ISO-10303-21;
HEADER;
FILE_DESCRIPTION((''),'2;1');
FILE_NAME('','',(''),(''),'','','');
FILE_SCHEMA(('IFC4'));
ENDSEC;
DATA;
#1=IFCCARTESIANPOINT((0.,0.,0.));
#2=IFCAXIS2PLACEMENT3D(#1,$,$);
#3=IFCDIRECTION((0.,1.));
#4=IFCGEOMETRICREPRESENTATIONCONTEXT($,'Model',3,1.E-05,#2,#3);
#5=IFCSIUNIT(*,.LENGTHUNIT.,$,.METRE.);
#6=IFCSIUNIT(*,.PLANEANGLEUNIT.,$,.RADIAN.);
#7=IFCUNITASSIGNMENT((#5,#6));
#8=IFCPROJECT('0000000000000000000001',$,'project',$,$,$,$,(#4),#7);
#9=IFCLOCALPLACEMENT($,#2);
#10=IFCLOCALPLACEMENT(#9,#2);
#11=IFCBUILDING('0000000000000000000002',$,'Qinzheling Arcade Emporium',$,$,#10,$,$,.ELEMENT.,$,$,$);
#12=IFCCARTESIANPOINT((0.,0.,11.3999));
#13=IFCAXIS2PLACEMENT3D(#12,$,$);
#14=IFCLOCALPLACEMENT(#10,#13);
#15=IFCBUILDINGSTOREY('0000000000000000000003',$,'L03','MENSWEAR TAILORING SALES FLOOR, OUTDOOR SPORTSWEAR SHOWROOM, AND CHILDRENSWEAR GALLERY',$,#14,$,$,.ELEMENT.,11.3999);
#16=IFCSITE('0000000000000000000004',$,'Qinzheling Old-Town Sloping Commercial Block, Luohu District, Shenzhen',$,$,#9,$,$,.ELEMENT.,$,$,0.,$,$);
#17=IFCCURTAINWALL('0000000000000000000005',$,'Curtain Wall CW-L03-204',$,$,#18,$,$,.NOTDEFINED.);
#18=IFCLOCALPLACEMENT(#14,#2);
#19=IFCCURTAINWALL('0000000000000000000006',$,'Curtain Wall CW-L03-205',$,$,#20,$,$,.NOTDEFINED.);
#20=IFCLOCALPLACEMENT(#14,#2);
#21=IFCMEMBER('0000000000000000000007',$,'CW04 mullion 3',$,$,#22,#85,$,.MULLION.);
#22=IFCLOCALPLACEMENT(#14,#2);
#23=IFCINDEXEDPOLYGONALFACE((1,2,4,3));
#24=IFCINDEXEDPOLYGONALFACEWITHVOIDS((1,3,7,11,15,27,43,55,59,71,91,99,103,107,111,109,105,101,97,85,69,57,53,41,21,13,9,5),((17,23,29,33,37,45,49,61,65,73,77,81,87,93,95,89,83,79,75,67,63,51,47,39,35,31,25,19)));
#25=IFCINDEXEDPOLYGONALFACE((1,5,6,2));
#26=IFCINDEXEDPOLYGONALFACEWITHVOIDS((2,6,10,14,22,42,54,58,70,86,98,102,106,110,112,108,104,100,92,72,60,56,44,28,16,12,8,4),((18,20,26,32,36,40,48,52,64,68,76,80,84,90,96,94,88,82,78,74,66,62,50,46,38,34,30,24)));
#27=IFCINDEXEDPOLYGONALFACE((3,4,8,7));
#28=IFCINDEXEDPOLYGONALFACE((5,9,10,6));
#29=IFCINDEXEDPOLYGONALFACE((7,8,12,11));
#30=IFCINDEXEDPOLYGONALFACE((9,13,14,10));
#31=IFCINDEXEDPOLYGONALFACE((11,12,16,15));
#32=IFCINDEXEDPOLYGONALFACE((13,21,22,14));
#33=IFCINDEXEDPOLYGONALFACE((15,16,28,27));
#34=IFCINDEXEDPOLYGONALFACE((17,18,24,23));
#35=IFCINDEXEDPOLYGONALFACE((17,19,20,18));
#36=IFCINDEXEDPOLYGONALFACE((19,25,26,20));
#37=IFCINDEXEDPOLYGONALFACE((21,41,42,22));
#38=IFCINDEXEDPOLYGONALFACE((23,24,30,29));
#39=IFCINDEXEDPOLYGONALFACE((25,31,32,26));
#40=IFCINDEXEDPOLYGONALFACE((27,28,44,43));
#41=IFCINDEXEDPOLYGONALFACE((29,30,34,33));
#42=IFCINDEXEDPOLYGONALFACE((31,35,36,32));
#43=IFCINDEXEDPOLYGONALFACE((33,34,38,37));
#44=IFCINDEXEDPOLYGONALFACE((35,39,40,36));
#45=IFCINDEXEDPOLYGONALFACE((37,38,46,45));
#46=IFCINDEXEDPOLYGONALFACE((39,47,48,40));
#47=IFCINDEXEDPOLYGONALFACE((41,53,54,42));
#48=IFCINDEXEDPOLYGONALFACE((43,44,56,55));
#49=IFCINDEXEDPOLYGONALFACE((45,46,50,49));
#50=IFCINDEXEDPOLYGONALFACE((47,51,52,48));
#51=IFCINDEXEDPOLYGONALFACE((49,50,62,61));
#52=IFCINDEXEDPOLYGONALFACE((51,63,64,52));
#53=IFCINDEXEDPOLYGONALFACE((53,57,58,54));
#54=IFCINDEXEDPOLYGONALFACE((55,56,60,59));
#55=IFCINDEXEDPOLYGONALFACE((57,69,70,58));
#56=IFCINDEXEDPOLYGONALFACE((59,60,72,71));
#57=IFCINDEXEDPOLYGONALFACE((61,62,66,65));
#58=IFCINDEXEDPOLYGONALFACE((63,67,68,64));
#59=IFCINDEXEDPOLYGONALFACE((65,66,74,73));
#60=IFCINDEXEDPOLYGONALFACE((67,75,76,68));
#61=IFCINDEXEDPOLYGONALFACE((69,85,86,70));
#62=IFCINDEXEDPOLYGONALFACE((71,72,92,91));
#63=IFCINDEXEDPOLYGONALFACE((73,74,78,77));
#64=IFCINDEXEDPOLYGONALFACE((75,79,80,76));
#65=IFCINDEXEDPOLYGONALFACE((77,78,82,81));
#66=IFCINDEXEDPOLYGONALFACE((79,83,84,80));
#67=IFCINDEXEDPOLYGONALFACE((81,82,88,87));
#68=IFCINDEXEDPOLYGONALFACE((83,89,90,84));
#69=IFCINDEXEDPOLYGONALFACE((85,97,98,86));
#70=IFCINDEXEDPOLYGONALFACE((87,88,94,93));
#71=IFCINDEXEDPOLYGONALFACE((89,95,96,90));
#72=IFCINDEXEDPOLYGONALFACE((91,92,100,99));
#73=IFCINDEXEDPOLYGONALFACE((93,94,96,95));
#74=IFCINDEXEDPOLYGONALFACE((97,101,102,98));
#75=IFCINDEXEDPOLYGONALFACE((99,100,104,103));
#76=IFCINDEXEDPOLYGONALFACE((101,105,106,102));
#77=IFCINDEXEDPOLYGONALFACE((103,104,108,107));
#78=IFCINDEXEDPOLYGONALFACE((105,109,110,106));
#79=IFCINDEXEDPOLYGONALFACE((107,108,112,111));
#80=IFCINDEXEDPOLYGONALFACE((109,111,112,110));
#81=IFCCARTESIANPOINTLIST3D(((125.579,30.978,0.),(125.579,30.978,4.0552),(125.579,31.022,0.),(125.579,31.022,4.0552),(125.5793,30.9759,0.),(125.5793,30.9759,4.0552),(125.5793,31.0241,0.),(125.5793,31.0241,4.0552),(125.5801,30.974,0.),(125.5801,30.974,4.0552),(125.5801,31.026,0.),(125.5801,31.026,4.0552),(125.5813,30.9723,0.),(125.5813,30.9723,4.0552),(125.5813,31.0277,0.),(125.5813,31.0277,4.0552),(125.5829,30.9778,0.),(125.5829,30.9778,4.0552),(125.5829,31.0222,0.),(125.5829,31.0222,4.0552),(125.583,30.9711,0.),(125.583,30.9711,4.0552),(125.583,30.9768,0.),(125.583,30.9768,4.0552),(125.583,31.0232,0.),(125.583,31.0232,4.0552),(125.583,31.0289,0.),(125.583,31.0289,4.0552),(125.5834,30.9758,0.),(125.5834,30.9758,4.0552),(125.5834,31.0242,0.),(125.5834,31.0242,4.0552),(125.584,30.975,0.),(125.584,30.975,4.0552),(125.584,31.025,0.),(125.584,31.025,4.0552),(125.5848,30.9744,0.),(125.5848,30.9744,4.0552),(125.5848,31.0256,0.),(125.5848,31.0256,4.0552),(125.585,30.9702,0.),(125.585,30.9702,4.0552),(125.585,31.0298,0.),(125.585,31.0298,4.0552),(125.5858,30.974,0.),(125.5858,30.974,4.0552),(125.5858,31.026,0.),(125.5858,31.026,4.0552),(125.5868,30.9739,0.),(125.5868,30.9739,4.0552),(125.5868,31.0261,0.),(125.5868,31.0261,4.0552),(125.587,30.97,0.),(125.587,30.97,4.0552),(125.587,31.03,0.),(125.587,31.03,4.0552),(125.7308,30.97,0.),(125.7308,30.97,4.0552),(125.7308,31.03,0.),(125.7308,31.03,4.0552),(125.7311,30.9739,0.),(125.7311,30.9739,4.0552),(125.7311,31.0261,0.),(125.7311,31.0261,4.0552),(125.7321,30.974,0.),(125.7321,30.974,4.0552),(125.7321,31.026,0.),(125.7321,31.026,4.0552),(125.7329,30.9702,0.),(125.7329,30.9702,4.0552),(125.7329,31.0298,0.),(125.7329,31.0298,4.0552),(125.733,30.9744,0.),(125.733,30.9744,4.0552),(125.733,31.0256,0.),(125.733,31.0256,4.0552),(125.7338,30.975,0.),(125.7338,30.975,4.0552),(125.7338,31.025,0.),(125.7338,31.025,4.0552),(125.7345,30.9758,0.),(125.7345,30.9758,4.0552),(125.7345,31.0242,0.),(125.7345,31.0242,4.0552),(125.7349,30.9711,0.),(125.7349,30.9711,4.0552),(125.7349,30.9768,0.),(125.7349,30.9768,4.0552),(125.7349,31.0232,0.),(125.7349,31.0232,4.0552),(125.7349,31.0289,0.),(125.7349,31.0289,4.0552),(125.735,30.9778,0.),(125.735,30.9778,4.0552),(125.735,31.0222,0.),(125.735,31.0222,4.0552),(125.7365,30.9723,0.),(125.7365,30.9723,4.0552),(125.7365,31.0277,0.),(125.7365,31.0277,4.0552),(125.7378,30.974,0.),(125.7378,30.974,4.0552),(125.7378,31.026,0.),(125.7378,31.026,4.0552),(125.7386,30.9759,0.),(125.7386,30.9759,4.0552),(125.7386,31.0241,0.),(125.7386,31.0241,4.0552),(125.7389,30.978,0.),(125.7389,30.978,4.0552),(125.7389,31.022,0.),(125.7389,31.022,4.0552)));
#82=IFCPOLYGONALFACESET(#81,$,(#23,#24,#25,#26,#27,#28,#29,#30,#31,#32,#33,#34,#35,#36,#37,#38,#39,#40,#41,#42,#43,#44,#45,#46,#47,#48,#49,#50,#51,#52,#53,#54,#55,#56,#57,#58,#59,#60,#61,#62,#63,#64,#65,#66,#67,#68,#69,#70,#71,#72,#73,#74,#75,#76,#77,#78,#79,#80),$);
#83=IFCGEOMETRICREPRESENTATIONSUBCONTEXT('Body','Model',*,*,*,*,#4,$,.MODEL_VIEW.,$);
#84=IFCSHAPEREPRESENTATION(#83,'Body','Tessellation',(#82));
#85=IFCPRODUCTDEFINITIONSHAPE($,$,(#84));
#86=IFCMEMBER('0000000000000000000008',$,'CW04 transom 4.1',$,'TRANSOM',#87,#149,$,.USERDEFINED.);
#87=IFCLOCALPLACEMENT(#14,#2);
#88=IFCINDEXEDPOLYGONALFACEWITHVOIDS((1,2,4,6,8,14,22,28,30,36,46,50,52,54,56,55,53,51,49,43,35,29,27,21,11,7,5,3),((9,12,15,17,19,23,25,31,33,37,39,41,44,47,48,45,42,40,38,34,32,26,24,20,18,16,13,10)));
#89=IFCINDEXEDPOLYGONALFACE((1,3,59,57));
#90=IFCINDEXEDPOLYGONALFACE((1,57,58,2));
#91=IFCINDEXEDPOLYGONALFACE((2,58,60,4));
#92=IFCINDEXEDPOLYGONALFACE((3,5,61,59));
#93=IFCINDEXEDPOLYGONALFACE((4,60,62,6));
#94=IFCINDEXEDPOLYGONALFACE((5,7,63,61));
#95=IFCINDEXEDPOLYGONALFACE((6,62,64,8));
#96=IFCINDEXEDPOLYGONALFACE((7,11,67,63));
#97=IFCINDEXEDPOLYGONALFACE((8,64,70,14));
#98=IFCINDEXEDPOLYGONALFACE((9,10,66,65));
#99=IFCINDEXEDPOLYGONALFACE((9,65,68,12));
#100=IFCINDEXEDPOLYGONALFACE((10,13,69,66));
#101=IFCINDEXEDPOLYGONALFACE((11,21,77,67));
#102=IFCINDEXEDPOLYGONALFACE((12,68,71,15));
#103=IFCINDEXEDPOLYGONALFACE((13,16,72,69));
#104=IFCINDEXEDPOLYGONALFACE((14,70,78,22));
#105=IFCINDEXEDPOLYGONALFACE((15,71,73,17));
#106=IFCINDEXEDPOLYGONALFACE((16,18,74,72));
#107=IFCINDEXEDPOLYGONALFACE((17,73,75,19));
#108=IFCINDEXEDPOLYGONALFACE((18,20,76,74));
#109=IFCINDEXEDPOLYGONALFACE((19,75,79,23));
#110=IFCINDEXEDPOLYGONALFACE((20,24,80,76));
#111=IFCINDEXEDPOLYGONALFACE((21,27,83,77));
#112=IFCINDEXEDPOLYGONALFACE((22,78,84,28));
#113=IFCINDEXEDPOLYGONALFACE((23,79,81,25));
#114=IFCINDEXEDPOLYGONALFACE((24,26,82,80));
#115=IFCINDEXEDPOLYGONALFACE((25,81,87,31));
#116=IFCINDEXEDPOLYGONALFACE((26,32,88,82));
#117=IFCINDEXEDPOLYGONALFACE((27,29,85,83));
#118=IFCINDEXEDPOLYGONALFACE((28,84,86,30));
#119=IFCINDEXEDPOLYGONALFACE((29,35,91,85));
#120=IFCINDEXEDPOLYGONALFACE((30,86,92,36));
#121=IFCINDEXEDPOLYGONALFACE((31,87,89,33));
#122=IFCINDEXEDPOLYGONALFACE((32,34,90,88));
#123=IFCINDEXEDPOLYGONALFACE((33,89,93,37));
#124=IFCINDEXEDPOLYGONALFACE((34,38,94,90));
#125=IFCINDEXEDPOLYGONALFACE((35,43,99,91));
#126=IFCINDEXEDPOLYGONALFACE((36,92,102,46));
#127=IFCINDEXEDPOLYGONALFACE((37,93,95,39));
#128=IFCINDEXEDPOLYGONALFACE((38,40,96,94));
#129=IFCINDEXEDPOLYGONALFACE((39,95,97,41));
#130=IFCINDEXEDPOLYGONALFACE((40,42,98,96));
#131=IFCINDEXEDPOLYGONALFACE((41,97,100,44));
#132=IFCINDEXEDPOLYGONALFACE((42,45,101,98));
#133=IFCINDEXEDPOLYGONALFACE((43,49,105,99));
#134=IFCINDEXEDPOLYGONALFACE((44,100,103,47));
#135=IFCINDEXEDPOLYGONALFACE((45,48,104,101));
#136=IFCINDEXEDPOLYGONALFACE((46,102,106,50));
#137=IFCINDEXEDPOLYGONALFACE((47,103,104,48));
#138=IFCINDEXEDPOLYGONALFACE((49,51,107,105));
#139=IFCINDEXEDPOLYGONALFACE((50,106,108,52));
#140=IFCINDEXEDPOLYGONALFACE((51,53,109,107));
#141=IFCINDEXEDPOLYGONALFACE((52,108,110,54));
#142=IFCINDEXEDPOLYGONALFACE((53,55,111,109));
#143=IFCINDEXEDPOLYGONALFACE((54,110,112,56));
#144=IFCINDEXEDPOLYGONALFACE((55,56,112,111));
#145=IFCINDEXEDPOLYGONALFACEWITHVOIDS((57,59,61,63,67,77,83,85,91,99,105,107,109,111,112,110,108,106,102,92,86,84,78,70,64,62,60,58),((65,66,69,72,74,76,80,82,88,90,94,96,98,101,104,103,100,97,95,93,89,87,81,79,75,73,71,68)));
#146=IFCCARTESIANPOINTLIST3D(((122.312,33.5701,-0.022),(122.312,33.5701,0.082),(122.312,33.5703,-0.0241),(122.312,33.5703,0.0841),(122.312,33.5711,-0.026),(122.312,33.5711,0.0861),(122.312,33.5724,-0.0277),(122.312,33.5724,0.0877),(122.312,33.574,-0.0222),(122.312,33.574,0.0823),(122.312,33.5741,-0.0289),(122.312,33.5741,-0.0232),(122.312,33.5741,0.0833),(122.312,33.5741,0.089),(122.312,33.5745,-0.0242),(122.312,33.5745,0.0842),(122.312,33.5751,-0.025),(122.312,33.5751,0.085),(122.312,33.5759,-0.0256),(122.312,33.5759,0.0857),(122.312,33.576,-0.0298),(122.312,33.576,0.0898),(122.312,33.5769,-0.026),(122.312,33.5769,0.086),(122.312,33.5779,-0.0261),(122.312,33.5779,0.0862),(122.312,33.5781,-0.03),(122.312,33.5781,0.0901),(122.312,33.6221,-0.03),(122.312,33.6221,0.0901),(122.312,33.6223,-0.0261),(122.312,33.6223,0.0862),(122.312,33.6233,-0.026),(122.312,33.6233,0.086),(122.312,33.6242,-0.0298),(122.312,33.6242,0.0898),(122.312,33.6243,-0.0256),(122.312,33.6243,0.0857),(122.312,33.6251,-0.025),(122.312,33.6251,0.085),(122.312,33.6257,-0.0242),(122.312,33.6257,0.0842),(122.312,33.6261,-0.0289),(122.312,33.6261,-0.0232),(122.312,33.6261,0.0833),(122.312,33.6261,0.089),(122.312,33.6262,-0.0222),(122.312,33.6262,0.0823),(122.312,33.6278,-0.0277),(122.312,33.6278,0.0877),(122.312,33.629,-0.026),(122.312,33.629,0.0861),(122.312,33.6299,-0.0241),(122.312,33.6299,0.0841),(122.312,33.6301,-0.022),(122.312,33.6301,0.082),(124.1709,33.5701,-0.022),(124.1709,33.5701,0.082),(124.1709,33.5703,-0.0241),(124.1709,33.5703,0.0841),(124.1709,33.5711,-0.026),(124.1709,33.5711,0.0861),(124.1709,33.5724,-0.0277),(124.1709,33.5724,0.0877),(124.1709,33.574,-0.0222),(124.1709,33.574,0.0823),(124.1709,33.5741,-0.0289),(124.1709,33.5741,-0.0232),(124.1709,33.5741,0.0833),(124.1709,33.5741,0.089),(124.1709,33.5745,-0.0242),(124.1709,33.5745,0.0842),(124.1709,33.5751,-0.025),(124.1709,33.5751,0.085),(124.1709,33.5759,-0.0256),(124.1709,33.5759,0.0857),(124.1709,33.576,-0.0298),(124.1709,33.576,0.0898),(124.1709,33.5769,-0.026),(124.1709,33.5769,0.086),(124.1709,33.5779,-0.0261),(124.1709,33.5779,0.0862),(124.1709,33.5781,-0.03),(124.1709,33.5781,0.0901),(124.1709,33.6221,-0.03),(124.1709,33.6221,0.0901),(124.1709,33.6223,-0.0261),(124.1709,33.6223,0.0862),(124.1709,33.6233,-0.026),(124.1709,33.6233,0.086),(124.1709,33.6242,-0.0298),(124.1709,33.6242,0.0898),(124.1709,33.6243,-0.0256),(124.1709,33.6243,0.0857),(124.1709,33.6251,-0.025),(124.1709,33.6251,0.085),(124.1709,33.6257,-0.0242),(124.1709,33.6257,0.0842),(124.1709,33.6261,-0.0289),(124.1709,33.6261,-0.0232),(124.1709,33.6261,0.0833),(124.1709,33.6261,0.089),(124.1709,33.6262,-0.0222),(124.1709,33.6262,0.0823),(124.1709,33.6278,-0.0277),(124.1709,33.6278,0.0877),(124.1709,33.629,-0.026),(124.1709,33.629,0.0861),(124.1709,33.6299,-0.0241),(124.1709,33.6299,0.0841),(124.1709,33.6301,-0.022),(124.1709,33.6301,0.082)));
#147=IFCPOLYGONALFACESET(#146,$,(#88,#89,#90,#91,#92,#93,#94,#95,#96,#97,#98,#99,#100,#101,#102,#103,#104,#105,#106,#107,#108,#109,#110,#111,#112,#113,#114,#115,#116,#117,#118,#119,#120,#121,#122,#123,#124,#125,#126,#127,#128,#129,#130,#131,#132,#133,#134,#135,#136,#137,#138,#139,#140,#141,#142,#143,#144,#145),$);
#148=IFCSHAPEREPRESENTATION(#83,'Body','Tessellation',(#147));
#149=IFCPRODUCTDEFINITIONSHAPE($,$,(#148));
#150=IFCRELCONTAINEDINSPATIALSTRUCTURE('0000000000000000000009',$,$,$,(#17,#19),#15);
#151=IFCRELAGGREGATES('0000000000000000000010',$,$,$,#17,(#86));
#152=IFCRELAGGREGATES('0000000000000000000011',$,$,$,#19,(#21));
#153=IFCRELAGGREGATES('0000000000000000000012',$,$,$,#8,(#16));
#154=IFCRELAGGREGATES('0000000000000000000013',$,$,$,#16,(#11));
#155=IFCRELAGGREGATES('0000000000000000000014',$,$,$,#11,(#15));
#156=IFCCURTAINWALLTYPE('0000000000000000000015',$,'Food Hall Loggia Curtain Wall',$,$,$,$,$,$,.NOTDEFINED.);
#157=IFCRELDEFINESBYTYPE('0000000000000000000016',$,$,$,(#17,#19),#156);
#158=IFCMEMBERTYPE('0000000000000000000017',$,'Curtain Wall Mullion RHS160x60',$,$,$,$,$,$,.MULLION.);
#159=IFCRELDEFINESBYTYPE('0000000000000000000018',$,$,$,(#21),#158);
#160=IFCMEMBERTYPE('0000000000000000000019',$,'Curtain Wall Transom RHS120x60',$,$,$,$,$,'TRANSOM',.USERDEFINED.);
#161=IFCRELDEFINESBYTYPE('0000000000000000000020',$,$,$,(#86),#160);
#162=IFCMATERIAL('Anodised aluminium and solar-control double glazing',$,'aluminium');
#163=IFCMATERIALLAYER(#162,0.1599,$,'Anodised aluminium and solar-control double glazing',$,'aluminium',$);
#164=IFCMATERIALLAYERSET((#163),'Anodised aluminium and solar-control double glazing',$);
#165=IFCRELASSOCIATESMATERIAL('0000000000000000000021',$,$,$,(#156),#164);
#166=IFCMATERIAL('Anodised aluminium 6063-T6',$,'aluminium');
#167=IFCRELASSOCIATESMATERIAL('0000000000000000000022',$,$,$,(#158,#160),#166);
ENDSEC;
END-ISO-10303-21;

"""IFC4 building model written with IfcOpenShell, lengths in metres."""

from ifc_helpers import new_model, si_unit, direction, frame, origin, origin_2d, place, context, subcontext, project, spatial, hollow_rectangle, extrude, material, layer, layer_set, material_profile, profile_set, type_object, element, aggregate, save


model = new_model("IFC4")

# Units and contexts
model_context = context("Model", 3, precision=1e-05, world=origin(), true_north=direction((0.0, 1.0)))
body_context = subcontext(model_context, "Body", "Model", "MODEL_VIEW")
ifc_project = project(units=[si_unit("LENGTHUNIT", "METRE"), si_unit("PLANEANGLEUNIT", "RADIAN")], contexts=[model_context])

# Site, building, storey
site_placement = place(None, origin())
site = spatial("IfcSite", under=ifc_project, at=site_placement, Name="Qinzheling Old-Town Sloping Commercial Block, Luohu District, Shenzhen", CompositionType="ELEMENT", RefElevation=0.0)
building_placement = place(site_placement, origin())
building = spatial("IfcBuilding", under=site, at=building_placement, Name="Qinzheling Arcade Emporium", CompositionType="ELEMENT")
storey_placement = place(building_placement, frame((0.0, 0.0, 11.3999)))
storey = spatial("IfcBuildingStorey", under=building, at=storey_placement, Name="L03", Description="MENSWEAR TAILORING SALES FLOOR, OUTDOOR SPORTSWEAR SHOWROOM, AND CHILDRENSWEAR GALLERY", CompositionType="ELEMENT", Elevation=11.3999)

# Curtain wall
ifc_material_1 = material(Name="Anodised aluminium and solar-control double glazing", Category="aluminium")
ifc_layer_1 = layer(ifc_material_1, 0.1599, Name="Anodised aluminium and solar-control double glazing", Category="aluminium")
ifc_layer_set_1 = layer_set([ifc_layer_1], Name="Anodised aluminium and solar-control double glazing")
curtain_wall_type = type_object("IfcCurtainWallType", Name="Food Hall Loggia Curtain Wall", PredefinedType="NOTDEFINED", material=ifc_layer_set_1)
curtain_wall_1_placement = place(storey_placement, origin())
curtain_wall_1 = element("IfcCurtainWall", 1, at=curtain_wall_1_placement, inside=storey, type_object=curtain_wall_type, Name="Curtain Wall CW-L03-204", PredefinedType="NOTDEFINED")
ifc_material_2 = material(Name="Anodised aluminium 6063-T6", Category="aluminium")
ifc_material_profile_1 = material_profile(ifc_material_2, hollow_rectangle(XDim=0.0601, YDim=0.1599, WallThickness=0.0039, InnerFilletRadius=0.0039, OuterFilletRadius=0.0081, at=origin_2d()), Name="RHS 160x60x4", Category="aluminium")
ifc_profile_set_1 = profile_set([ifc_material_profile_1], Name="Anodised aluminium 6063-T6")
member_type_1 = type_object("IfcMemberType", Name="Curtain Wall Mullion RHS160x60", PredefinedType="MULLION", material=ifc_profile_set_1)

# Curtain wall, member
curtain_wall_2_placement = place(storey_placement, origin())
curtain_wall_2 = element("IfcCurtainWall", 2, at=curtain_wall_2_placement, inside=storey, type_object=curtain_wall_type, Name="Curtain Wall CW-L03-205", PredefinedType="NOTDEFINED")
member_1_placement = place(storey_placement, frame((125.6589, 31.0, 0.0), z_axis=(0.0, 0.0, 1.0), x_axis=(0.0, 1.0, 0.0)))
member_1 = element("IfcMember", 3, at=member_1_placement, type_object=member_type_1, Name="CW04 mullion 3", PredefinedType="MULLION", context=body_context, shape_type="SweptSolid", body=[
    extrude(hollow_rectangle(XDim=0.0601, YDim=0.1599, WallThickness=0.0039, InnerFilletRadius=0.0039, OuterFilletRadius=0.0081, at=origin_2d()), origin(), (0.0, 0.0, 1.0), 4.0552),
])

# Member
ifc_material_profile_2 = material_profile(ifc_material_2, hollow_rectangle(XDim=0.0601, YDim=0.1201, WallThickness=0.0039, InnerFilletRadius=0.0039, OuterFilletRadius=0.0081, at=origin_2d()), Name="RHS 120x60x4", Category="aluminium")
ifc_profile_set_2 = profile_set([ifc_material_profile_2], Name="Anodised aluminium 6063-T6")
member_type_2 = type_object("IfcMemberType", Name="Curtain Wall Transom RHS120x60", ElementType="TRANSOM", PredefinedType="USERDEFINED", material=ifc_profile_set_2)
member_2_placement = place(storey_placement, frame((124.1709, 33.6001, 0.03), z_axis=(-1.0, 0.0, 0.0), x_axis=(0.0, -1.0, 0.0)))
member_2 = element("IfcMember", 4, at=member_2_placement, type_object=member_type_2, Name="CW04 transom 4.1", ObjectType="TRANSOM", PredefinedType="USERDEFINED", context=body_context, shape_type="SweptSolid", body=[
    extrude(hollow_rectangle(XDim=0.0601, YDim=0.1201, WallThickness=0.0039, InnerFilletRadius=0.0039, OuterFilletRadius=0.0081, at=origin_2d()), origin(), (0.0, 0.0, 1.0), 1.8589),
])

aggregate(curtain_wall_1, [member_2])
aggregate(curtain_wall_2, [member_1])

save(model, "model.ifc")
